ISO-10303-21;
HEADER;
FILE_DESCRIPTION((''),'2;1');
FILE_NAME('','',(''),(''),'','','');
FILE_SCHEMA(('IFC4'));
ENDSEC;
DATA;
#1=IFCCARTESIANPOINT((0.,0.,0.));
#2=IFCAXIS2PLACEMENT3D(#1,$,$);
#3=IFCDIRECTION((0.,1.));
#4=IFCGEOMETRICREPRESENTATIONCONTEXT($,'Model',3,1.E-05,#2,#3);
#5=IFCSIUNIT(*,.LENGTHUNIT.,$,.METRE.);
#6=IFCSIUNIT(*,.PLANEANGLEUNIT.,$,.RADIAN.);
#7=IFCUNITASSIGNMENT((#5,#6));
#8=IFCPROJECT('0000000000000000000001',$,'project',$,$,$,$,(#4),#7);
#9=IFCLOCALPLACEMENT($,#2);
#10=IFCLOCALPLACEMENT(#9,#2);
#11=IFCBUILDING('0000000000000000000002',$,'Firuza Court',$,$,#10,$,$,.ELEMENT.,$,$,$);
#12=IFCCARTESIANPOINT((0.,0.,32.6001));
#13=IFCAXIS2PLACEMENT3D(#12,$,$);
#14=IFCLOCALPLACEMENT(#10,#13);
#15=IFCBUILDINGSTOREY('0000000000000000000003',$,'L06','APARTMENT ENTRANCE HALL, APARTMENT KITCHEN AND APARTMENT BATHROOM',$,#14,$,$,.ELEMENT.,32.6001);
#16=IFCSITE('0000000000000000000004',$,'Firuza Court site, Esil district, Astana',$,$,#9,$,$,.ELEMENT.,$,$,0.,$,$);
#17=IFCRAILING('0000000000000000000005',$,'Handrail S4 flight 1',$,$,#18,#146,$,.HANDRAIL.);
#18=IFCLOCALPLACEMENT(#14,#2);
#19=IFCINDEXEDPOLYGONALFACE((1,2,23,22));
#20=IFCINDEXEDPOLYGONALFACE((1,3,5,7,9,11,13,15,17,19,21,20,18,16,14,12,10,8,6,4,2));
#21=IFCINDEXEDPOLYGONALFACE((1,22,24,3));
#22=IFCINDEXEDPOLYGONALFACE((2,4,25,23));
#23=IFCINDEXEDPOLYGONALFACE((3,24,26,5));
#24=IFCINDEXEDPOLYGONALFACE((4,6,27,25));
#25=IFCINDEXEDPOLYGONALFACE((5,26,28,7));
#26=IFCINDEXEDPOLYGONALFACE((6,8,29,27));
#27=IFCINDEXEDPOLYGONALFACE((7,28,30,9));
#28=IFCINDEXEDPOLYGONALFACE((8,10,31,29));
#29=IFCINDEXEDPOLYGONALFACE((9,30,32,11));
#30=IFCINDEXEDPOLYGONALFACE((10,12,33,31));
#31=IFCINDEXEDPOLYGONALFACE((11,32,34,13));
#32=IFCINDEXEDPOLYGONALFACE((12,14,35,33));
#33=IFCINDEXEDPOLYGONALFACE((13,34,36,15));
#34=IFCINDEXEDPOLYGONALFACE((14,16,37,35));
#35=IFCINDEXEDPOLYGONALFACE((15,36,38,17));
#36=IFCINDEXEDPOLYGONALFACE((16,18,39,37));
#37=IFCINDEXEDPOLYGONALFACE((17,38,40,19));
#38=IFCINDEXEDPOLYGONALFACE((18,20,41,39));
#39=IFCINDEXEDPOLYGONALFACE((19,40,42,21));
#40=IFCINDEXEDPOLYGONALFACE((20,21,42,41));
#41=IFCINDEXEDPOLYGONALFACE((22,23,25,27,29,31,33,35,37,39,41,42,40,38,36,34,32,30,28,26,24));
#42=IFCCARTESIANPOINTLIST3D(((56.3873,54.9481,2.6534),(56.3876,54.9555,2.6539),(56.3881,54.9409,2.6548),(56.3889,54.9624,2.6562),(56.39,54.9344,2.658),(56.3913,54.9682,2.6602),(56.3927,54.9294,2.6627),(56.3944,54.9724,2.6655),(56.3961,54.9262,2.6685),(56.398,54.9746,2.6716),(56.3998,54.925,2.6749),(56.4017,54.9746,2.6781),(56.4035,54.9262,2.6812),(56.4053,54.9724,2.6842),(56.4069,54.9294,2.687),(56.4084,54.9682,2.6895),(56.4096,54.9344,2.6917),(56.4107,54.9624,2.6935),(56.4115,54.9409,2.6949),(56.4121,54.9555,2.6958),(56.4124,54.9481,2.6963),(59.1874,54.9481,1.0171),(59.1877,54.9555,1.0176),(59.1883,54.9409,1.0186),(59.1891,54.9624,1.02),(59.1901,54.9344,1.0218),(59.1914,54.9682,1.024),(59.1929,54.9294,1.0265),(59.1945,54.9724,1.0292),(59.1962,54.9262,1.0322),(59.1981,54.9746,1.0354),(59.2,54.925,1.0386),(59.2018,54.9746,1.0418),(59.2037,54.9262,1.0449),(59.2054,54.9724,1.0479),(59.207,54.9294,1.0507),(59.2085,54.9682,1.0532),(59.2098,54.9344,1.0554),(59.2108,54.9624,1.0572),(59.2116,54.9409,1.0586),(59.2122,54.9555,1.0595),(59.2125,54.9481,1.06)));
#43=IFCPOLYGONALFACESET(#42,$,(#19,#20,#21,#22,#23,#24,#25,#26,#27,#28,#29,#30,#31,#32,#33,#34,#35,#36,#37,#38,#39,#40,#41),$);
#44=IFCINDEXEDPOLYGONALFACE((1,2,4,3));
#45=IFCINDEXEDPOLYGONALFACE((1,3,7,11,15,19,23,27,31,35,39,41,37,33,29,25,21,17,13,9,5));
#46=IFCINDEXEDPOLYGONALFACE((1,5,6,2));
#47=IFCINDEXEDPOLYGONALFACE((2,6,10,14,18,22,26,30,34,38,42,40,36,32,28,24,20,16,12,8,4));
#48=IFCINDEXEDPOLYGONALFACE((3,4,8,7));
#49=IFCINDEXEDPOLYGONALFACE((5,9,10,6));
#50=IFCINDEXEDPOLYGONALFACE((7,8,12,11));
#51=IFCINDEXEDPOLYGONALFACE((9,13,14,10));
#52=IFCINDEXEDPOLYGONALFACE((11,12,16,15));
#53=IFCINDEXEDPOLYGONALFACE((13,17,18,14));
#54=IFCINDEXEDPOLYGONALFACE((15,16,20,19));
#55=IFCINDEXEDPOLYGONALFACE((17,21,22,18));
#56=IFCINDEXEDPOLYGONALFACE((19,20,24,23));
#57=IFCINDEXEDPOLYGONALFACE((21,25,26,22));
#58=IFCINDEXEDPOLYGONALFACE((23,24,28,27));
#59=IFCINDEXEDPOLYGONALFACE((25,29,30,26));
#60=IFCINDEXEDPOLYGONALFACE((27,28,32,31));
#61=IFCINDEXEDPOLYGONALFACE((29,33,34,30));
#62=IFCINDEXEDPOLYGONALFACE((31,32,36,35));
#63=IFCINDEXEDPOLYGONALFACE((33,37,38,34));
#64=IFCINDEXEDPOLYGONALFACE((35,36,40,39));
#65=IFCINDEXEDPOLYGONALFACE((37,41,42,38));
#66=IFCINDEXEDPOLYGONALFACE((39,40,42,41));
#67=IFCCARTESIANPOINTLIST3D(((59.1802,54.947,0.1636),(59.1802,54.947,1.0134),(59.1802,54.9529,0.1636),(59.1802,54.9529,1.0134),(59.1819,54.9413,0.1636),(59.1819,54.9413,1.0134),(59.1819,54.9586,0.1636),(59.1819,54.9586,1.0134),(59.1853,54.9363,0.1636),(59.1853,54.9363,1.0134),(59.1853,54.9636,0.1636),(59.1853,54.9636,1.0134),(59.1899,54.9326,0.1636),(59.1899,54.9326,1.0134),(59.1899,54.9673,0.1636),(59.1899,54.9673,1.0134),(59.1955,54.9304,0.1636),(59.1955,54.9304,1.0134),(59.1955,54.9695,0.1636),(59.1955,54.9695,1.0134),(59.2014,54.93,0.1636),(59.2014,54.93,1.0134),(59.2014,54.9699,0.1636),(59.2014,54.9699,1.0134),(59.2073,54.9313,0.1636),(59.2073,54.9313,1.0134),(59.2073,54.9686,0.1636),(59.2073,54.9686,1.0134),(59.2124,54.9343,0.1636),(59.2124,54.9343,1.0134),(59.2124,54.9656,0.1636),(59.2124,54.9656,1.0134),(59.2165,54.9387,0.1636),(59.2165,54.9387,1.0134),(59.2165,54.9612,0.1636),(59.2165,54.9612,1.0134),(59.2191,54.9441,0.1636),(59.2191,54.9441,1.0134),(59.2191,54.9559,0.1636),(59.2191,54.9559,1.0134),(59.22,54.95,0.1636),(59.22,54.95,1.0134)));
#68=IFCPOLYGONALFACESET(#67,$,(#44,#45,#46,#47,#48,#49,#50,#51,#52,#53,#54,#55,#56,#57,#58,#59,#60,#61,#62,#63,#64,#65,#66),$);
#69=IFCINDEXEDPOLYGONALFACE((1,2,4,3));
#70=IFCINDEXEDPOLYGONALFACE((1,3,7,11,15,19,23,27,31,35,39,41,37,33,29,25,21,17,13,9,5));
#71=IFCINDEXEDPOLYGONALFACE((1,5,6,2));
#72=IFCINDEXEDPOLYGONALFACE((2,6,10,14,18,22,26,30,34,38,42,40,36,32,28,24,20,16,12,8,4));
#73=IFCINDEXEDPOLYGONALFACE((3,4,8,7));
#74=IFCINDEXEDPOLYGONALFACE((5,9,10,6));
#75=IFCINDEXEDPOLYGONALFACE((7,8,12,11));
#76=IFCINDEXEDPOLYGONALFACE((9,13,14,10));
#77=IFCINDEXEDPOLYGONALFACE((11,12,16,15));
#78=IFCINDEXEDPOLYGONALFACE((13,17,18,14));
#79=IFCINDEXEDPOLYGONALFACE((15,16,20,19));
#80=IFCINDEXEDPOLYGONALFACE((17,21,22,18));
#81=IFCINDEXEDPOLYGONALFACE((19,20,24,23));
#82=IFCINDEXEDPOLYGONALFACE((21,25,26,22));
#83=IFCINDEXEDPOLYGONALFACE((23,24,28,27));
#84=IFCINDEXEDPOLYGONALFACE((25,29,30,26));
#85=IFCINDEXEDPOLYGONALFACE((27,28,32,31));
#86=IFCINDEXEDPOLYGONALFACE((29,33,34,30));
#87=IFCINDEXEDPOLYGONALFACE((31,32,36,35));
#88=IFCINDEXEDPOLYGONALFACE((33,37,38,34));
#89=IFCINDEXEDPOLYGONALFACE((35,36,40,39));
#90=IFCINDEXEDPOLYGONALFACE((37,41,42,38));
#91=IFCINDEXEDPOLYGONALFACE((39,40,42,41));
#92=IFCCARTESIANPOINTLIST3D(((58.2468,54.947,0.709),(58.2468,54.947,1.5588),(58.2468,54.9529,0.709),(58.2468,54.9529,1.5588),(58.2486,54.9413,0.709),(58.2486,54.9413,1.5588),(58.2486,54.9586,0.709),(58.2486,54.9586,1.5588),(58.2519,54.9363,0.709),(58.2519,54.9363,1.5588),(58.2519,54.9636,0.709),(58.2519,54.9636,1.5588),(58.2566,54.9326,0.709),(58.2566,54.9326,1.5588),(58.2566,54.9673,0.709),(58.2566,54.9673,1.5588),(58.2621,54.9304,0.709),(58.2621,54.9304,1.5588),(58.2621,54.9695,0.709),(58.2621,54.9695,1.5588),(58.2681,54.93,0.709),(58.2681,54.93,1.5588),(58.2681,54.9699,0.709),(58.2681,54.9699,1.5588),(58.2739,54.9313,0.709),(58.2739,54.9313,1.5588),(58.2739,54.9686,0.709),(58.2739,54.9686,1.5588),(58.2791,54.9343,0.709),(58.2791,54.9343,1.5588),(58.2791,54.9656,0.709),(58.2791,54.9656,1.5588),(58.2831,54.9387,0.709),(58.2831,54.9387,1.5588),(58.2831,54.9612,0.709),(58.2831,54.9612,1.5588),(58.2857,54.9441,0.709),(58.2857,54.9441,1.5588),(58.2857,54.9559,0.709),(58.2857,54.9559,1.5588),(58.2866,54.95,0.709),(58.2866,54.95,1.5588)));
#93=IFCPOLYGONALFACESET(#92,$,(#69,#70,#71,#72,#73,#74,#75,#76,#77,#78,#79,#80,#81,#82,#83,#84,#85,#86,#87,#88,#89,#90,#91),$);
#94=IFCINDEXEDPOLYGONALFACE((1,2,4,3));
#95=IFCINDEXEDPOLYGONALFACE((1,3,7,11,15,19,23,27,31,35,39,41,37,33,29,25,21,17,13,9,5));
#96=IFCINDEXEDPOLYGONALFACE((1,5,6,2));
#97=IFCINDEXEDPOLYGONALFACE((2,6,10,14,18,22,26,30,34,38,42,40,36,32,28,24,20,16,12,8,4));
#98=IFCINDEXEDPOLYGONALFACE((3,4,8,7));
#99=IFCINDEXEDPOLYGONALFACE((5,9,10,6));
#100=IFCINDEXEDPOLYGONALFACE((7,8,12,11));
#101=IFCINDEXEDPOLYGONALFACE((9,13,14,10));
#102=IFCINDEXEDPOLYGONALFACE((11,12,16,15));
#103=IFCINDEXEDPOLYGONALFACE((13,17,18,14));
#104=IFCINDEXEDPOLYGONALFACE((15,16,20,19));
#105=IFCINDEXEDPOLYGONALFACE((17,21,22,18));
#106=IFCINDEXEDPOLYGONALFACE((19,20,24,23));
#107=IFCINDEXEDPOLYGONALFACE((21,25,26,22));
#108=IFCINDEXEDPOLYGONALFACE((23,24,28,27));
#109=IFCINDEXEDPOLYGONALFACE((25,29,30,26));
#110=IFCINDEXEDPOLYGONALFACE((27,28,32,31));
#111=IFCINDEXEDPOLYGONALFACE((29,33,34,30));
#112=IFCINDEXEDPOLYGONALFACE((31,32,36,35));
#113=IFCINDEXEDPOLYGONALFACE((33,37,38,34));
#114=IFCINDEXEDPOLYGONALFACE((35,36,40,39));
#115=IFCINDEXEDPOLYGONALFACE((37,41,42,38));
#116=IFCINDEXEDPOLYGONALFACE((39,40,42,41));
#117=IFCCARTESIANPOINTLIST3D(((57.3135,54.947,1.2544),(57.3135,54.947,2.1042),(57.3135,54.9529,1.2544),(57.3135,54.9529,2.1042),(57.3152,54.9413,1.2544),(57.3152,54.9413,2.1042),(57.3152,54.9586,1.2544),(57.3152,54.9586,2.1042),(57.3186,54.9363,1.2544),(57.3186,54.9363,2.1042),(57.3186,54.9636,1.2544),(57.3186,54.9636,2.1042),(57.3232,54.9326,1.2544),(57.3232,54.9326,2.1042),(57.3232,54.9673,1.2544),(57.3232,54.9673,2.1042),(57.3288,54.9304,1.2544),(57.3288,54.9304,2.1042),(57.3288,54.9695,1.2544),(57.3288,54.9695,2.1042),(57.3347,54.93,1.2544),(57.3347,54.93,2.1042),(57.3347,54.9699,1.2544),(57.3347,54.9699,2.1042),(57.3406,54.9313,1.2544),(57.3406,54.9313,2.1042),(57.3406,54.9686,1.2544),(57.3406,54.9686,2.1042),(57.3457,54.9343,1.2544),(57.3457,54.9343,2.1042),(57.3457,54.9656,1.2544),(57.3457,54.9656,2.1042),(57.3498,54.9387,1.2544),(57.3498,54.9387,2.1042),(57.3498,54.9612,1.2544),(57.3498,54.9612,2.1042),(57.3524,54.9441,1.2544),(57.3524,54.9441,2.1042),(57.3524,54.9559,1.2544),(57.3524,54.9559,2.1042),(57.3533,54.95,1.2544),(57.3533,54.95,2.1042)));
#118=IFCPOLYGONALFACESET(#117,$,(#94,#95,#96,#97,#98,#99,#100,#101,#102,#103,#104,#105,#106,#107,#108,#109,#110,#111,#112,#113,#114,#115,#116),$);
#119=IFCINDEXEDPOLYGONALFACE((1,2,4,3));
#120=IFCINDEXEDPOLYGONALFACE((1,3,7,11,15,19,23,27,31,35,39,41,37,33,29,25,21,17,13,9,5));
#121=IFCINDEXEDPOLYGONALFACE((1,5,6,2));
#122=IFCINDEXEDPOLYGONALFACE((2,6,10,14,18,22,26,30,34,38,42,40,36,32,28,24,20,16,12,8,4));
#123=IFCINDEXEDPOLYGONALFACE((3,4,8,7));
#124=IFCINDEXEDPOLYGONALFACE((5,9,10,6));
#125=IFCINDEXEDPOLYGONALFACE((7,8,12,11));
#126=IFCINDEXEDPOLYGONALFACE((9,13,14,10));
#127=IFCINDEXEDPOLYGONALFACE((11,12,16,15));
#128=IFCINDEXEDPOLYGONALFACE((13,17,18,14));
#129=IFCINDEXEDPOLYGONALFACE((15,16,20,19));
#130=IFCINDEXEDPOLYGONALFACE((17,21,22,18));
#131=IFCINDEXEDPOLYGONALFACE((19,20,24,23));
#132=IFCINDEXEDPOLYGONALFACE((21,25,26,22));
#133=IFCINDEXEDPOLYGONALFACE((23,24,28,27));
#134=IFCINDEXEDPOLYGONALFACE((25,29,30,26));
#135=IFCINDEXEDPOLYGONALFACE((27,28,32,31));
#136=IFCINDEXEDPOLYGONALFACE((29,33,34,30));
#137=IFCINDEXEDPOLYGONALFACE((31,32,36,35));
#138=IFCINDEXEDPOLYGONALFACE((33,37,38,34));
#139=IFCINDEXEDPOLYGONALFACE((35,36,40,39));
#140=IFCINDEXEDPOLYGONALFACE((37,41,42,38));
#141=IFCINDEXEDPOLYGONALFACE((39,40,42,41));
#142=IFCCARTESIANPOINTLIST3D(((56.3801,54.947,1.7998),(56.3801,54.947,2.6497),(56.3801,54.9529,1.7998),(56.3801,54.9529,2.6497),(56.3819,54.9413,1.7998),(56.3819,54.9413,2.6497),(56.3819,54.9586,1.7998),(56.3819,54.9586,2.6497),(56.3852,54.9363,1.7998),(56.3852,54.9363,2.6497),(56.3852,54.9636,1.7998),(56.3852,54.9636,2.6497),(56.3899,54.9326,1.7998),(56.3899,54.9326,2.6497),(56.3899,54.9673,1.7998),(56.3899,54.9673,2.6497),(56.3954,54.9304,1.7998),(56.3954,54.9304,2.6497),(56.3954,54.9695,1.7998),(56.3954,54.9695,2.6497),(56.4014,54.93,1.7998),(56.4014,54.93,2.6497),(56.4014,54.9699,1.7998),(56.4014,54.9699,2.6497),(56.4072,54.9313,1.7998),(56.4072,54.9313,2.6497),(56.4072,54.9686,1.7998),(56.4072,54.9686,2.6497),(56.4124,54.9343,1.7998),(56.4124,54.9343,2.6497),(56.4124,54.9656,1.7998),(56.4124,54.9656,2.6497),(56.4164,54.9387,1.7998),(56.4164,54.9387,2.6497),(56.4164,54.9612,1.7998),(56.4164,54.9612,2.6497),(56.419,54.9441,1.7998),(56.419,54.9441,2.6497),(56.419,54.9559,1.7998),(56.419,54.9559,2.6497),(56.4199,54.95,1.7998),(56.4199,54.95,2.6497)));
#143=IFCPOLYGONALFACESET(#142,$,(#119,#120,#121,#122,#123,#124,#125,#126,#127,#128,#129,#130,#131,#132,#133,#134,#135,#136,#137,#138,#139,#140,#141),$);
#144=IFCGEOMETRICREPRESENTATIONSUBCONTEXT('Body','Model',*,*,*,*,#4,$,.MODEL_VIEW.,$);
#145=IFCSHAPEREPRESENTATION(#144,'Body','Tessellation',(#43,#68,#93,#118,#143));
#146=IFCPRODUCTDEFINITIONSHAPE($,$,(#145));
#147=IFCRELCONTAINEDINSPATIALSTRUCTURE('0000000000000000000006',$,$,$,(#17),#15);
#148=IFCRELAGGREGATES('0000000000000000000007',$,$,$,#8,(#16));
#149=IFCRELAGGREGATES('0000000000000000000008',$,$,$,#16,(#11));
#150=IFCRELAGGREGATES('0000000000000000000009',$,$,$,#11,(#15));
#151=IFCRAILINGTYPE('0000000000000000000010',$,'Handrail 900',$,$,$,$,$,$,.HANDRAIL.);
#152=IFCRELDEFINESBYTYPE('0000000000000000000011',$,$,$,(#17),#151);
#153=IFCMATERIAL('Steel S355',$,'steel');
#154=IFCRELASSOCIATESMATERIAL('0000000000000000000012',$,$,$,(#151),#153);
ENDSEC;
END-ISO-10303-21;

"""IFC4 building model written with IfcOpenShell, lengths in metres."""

from ifc_helpers import new_model, si_unit, direction, frame, origin, origin_2d, place, context, subcontext, project, spatial, circle, extrude, material, type_object, element, save


model = new_model("IFC4")

# Units and contexts
model_context = context("Model", 3, precision=1e-05, world=origin(), true_north=direction((0.0, 1.0)))
body_context = subcontext(model_context, "Body", "Model", "MODEL_VIEW")
ifc_project = project(units=[si_unit("LENGTHUNIT", "METRE"), si_unit("PLANEANGLEUNIT", "RADIAN")], contexts=[model_context])

# Site, building, storey
site_placement = place(None, origin())
site = spatial("IfcSite", under=ifc_project, at=site_placement, Name="Firuza Court site, Esil district, Astana", CompositionType="ELEMENT", RefElevation=0.0)
building_placement = place(site_placement, origin())
building = spatial("IfcBuilding", under=site, at=building_placement, Name="Firuza Court", CompositionType="ELEMENT")
storey_placement = place(building_placement, frame((0.0, 0.0, 32.6001)))
storey = spatial("IfcBuildingStorey", under=building, at=storey_placement, Name="L06", Description="APARTMENT ENTRANCE HALL, APARTMENT KITCHEN AND APARTMENT BATHROOM", CompositionType="ELEMENT", Elevation=32.6001)

# Railing
ifc_material_1 = material(Name="Steel S355", Category="steel")
railing_type_1 = type_object("IfcRailingType", Name="Handrail 900", PredefinedType="HANDRAIL", material=ifc_material_1)
railing_1_placement = place(storey_placement, frame((59.2, 54.95, 0.1636)))
element("IfcRailing", 1, at=railing_1_placement, inside=storey, type_object=railing_type_1, Name="Handrail S4 flight 1", PredefinedType="HANDRAIL", context=body_context, shape_type="SweptSolid", body=[
    extrude(circle(Radius=0.0249, at=origin_2d()), frame((0.0, 0.0, 0.875), z_axis=(-0.863394, 0.0, 0.504531), x_axis=(0.0, -1.0, 0.0)), (0.0, 0.0, 1.0), 3.2432),
    extrude(circle(Radius=0.02, at=origin_2d()), origin(), (0.0, 0.0, 1.0), 0.8499),
    extrude(circle(Radius=0.02, at=origin_2d()), frame((-0.9333, 0.0, 0.5454)), (0.0, 0.0, 1.0), 0.8499),
    extrude(circle(Radius=0.02, at=origin_2d()), frame((-1.8667, 0.0, 1.0908)), (0.0, 0.0, 1.0), 0.8499),
    extrude(circle(Radius=0.02, at=origin_2d()), frame((-2.8, 0.0, 1.6362)), (0.0, 0.0, 1.0), 0.8499),
])

save(model, "model.ifc")
